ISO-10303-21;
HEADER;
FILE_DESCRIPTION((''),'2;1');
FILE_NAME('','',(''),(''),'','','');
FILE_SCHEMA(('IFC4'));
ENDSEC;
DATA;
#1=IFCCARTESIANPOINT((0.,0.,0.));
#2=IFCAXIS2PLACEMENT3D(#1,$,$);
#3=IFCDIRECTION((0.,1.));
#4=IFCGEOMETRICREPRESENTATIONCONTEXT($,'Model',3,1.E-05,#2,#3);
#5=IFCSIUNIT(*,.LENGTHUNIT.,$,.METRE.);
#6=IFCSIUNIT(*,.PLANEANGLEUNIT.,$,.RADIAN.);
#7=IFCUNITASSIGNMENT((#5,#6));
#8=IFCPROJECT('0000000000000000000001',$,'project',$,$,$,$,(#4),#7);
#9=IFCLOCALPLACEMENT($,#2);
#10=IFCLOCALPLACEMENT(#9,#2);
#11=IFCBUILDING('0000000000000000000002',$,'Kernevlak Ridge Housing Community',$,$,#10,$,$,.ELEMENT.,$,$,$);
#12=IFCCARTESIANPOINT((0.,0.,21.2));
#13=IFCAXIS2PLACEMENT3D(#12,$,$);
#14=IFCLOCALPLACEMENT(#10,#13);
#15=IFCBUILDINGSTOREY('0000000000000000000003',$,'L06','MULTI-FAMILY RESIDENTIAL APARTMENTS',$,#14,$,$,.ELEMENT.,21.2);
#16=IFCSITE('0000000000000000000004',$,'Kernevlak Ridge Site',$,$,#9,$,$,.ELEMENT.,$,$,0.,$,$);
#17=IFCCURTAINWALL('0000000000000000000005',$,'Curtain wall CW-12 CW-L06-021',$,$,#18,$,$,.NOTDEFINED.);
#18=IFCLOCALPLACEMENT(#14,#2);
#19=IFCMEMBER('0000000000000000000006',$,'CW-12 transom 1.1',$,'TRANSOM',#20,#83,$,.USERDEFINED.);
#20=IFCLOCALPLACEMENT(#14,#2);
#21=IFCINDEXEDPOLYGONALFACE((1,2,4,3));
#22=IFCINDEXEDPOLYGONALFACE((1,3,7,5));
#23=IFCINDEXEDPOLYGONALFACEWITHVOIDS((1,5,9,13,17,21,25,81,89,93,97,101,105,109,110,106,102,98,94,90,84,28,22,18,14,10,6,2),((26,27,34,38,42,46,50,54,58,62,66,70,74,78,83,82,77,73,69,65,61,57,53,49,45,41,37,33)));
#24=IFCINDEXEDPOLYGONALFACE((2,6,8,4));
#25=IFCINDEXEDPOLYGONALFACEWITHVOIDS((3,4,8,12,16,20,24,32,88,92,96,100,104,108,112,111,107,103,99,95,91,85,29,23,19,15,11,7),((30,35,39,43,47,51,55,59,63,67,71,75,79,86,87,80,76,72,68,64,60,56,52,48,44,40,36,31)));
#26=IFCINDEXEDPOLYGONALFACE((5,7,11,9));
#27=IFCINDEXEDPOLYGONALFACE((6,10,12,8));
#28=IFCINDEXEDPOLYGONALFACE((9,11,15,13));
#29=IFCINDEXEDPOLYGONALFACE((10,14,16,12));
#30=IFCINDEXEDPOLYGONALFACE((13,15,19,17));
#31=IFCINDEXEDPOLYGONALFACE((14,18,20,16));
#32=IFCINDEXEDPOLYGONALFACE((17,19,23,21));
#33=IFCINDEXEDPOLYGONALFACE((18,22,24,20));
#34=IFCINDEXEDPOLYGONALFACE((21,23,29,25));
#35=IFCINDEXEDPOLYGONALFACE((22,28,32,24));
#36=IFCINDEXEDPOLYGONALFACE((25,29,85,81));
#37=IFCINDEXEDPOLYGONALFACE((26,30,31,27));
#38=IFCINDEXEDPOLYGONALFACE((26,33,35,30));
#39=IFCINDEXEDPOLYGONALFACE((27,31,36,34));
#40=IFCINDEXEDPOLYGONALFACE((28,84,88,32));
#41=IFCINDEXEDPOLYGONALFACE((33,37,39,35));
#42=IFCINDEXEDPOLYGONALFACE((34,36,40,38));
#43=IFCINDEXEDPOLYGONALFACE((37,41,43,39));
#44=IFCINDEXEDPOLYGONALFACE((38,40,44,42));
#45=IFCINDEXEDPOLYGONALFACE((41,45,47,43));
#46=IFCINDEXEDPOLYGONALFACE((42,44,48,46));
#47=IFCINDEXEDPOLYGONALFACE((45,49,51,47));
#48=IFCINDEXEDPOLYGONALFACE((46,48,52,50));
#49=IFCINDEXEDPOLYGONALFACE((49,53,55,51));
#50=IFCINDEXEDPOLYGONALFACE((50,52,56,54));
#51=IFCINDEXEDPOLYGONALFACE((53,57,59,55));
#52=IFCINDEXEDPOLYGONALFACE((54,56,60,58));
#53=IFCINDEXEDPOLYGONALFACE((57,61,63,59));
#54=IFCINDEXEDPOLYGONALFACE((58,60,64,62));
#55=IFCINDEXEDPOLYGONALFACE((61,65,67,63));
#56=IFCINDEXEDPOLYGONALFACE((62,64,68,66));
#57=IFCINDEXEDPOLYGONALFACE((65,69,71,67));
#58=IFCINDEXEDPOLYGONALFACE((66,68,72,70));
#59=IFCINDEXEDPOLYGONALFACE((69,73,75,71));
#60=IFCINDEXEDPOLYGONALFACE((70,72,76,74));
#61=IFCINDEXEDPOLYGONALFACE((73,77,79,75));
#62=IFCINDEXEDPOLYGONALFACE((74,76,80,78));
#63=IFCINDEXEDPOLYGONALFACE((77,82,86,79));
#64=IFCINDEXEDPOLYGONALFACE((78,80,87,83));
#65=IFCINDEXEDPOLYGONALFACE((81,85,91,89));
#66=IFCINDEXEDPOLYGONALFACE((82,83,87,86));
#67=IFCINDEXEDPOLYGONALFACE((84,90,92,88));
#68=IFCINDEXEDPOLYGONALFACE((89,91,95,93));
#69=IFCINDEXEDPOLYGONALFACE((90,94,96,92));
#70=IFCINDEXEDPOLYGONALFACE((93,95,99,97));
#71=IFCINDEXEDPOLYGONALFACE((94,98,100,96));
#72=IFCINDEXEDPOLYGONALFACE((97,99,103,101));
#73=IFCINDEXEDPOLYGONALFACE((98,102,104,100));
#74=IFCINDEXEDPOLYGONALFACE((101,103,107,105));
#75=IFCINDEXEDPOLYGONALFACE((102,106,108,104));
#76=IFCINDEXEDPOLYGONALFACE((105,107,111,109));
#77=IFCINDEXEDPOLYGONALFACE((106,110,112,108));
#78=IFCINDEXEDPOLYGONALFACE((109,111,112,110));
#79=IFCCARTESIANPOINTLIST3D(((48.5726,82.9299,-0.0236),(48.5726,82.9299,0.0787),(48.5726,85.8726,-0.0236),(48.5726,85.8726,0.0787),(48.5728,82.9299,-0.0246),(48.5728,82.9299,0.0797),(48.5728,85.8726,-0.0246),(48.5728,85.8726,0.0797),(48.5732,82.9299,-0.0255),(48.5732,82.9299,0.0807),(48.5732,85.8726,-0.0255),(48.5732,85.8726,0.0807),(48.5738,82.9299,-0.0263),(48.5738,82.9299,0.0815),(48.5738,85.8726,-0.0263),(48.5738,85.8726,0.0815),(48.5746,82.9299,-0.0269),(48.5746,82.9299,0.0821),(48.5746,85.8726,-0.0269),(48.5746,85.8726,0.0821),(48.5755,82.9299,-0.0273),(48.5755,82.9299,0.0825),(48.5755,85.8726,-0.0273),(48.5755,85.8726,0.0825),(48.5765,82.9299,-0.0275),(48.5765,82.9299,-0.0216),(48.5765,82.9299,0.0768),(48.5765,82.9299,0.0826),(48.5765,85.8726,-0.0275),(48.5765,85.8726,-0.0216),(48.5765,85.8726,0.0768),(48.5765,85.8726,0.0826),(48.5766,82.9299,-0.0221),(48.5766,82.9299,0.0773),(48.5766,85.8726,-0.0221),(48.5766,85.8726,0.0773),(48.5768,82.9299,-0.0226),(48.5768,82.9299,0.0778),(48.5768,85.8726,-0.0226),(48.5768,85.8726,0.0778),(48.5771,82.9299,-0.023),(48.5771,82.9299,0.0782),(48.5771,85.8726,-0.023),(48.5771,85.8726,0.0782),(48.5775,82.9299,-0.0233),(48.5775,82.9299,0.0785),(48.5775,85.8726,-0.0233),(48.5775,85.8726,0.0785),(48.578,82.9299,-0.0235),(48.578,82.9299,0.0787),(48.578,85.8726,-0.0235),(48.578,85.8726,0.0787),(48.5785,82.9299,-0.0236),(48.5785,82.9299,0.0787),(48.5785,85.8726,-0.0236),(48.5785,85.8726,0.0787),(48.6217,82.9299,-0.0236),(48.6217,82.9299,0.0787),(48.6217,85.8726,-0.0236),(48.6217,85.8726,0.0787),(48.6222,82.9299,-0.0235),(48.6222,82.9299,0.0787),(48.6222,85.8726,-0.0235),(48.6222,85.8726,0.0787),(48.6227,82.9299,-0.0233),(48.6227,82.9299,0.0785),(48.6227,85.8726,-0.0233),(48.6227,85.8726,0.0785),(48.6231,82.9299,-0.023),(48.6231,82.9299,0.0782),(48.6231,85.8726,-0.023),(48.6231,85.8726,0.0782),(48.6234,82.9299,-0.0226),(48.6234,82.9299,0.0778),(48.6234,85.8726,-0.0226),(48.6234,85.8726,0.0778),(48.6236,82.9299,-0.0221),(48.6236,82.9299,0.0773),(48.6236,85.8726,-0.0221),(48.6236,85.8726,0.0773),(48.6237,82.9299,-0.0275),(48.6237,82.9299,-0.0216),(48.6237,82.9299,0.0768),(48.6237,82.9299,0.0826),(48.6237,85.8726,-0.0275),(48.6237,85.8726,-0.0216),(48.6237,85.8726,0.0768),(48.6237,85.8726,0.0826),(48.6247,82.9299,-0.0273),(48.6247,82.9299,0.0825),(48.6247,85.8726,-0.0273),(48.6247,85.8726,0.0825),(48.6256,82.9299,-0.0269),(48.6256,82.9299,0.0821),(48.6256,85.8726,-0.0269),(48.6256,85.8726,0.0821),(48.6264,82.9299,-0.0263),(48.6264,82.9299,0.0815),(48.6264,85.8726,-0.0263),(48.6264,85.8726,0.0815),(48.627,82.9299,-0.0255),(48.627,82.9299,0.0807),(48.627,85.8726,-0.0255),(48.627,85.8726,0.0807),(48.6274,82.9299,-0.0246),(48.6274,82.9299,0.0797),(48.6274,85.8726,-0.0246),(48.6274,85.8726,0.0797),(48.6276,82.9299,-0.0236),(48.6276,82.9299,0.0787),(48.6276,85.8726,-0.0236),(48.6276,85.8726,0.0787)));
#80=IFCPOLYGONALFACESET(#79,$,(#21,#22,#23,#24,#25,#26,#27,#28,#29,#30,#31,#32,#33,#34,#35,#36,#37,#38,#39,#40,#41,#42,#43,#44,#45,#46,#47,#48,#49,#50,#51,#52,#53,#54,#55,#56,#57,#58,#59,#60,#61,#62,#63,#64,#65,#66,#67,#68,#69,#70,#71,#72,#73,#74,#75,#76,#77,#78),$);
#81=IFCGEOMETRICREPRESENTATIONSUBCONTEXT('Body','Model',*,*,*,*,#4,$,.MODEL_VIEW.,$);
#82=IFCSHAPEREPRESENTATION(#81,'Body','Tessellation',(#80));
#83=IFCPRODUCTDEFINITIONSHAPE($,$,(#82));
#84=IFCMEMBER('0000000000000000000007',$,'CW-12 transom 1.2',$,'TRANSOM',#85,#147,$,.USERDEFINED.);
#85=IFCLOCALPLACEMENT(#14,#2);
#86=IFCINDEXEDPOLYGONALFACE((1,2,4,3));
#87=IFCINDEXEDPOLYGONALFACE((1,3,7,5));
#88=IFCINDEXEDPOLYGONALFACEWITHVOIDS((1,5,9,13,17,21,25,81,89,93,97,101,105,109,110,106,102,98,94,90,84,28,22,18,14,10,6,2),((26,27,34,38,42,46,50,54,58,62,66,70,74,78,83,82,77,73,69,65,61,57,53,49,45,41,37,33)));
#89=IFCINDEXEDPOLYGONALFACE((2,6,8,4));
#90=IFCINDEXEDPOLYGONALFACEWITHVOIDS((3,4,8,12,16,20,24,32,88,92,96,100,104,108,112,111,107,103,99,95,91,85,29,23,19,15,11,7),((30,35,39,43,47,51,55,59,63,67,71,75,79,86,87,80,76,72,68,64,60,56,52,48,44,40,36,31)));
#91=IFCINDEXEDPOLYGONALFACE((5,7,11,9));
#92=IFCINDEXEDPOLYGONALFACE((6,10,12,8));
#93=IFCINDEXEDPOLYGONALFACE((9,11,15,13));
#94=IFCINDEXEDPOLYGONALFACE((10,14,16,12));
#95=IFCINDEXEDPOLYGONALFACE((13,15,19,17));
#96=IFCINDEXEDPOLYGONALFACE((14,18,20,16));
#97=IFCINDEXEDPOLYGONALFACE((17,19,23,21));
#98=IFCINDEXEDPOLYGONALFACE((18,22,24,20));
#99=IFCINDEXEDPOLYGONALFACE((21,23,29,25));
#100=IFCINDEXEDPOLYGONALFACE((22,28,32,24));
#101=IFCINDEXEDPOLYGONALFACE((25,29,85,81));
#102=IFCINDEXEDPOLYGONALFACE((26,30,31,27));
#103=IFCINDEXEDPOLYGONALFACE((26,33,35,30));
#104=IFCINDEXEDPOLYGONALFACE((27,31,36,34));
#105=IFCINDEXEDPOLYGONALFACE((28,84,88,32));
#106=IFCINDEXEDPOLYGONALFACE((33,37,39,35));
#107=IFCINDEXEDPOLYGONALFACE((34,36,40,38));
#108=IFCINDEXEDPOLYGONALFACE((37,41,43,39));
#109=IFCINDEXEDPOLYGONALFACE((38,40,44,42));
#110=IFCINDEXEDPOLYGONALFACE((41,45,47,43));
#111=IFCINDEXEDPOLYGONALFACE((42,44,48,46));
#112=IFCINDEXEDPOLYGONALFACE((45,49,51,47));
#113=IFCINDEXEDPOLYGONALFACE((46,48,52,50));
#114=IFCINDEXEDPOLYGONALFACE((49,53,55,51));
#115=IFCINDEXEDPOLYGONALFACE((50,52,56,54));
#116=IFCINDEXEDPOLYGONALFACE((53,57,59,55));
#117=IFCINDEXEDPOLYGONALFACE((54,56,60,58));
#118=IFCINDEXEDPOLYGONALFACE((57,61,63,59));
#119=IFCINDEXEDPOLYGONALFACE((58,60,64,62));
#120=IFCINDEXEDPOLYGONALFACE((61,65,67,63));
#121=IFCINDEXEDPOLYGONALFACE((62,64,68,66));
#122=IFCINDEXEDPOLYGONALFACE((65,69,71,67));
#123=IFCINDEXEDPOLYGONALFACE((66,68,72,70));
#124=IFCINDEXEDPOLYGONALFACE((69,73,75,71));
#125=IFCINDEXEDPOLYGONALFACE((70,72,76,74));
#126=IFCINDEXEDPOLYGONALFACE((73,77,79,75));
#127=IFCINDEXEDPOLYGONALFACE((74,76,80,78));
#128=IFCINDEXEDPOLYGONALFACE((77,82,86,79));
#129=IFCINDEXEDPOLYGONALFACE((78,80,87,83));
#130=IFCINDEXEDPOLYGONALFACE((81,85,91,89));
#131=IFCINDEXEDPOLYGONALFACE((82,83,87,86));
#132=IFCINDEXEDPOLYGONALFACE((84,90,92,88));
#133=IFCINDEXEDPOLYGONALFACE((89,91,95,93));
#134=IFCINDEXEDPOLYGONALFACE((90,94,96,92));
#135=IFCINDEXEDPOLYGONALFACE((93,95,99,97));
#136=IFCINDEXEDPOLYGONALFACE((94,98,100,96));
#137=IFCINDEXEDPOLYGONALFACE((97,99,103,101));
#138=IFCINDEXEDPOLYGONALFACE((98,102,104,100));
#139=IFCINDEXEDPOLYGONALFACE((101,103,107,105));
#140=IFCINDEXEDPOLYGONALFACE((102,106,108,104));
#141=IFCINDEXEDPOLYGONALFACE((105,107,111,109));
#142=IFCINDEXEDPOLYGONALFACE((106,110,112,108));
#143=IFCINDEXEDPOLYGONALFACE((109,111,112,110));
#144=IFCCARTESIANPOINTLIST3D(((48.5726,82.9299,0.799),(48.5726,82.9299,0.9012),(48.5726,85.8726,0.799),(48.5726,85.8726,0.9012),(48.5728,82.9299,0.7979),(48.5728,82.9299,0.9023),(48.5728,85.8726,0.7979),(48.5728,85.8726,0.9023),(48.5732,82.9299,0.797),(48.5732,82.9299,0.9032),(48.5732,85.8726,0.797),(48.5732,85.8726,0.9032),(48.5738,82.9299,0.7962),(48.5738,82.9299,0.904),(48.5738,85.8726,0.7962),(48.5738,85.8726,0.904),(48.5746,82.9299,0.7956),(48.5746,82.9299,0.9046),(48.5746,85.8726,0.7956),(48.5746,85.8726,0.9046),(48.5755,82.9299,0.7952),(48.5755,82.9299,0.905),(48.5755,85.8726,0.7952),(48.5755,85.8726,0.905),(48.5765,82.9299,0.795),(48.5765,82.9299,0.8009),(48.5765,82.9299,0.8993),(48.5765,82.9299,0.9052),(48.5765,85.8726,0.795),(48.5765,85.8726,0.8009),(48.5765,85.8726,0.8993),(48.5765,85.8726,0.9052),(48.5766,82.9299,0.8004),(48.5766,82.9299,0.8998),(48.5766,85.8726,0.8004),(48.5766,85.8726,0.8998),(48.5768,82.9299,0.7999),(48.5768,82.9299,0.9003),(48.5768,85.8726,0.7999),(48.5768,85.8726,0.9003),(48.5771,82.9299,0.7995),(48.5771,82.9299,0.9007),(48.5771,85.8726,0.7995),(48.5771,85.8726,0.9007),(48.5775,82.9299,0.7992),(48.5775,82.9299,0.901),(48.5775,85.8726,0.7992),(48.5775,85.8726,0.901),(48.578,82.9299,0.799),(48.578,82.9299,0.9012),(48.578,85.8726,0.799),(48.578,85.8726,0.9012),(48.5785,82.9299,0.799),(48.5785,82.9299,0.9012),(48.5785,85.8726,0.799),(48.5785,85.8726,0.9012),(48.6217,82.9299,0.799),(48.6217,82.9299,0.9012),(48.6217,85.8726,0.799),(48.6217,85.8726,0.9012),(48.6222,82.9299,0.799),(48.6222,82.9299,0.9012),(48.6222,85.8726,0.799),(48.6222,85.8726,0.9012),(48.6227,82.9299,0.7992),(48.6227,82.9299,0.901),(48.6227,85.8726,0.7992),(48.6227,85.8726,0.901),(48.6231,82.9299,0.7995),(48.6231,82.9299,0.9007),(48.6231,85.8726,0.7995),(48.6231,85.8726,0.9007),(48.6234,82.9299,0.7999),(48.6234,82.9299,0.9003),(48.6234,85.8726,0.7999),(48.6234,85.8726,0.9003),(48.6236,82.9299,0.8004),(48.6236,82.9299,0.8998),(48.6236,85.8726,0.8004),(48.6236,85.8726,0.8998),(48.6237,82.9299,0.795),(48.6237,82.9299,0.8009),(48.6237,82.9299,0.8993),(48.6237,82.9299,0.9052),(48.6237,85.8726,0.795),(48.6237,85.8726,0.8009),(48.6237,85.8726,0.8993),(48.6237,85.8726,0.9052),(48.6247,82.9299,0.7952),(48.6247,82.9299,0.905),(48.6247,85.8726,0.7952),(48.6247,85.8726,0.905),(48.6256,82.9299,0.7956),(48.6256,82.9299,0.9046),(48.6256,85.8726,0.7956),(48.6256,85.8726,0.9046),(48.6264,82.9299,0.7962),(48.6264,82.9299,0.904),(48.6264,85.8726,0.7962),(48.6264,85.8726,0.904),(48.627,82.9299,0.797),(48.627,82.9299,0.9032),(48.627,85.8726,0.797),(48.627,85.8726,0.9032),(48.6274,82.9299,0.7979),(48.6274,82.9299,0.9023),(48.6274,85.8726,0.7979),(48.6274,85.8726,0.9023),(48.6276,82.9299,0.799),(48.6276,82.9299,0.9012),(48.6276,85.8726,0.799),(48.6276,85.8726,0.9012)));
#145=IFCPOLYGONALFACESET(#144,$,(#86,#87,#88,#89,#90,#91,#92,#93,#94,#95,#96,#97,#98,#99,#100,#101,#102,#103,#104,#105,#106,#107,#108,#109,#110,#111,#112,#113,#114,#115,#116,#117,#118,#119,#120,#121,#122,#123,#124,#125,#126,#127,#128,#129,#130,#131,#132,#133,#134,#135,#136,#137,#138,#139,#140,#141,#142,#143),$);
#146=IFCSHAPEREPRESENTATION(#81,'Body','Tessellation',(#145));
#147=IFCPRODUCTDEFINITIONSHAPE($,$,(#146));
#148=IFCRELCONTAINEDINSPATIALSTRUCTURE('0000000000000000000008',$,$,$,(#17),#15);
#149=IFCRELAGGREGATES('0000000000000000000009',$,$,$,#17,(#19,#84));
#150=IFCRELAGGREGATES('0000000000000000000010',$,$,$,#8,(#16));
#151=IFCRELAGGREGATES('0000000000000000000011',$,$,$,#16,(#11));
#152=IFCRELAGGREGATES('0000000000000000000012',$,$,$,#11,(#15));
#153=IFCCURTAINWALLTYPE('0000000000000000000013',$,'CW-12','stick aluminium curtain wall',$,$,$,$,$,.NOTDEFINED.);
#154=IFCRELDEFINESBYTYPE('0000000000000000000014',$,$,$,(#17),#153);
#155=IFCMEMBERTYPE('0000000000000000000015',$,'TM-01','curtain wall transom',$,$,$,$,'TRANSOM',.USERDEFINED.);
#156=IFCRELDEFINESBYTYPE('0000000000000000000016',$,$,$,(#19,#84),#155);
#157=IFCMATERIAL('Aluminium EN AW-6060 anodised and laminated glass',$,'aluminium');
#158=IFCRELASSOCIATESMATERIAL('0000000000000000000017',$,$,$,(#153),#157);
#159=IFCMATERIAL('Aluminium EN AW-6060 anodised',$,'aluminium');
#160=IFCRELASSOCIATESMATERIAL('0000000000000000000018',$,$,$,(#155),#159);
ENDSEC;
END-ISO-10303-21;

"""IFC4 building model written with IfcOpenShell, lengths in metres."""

from ifc_helpers import new_model, si_unit, direction, frame, origin, origin_2d, place, context, subcontext, project, spatial, hollow_rectangle, extrude, material, material_profile, profile_set, type_object, element, aggregate, save


model = new_model("IFC4")

# Units and contexts
model_context = context("Model", 3, precision=1e-05, world=origin(), true_north=direction((0.0, 1.0)))
body_context = subcontext(model_context, "Body", "Model", "MODEL_VIEW")
ifc_project = project(units=[si_unit("LENGTHUNIT", "METRE"), si_unit("PLANEANGLEUNIT", "RADIAN")], contexts=[model_context])

# Site, building, storey
site_placement = place(None, origin())
site = spatial("IfcSite", under=ifc_project, at=site_placement, Name="Kernevlak Ridge Site", CompositionType="ELEMENT", RefElevation=0.0)
building_placement = place(site_placement, origin())
building = spatial("IfcBuilding", under=site, at=building_placement, Name="Kernevlak Ridge Housing Community", CompositionType="ELEMENT")
storey_placement = place(building_placement, frame((0.0, 0.0, 21.2)))
storey = spatial("IfcBuildingStorey", under=building, at=storey_placement, Name="L06", Description="MULTI-FAMILY RESIDENTIAL APARTMENTS", CompositionType="ELEMENT", Elevation=21.2)

# Curtain wall
ifc_material_1 = material(Name="Aluminium EN AW-6060 anodised and laminated glass", Category="aluminium")
curtain_wall_type = type_object("IfcCurtainWallType", Name="CW-12", Description="stick aluminium curtain wall", PredefinedType="NOTDEFINED", material=ifc_material_1)
curtain_wall_placement = place(storey_placement, origin())
curtain_wall = element("IfcCurtainWall", 1, at=curtain_wall_placement, inside=storey, type_object=curtain_wall_type, Name="Curtain wall CW-12 CW-L06-021", PredefinedType="NOTDEFINED")
ifc_material_2 = material(Name="Aluminium EN AW-6060 anodised", Category="aluminium")

# Members
ifc_material_profile_1 = material_profile(ifc_material_2, hollow_rectangle(XDim=0.0549, YDim=0.1101, WallThickness=0.0039, InnerFilletRadius=0.002, OuterFilletRadius=0.0039, at=origin_2d()), Name="ALU 55x110x4")
ifc_profile_set_1 = profile_set([ifc_material_profile_1], Name="Aluminium EN AW-6060 anodised")
member_type_1 = type_object("IfcMemberType", Name="TM-01", Description="curtain wall transom", ElementType="TRANSOM", PredefinedType="USERDEFINED", material=ifc_profile_set_1)
member_1_placement = place(storey_placement, frame((48.6001, 82.9299, 0.0276), z_axis=(0.0, 1.0, 0.0), x_axis=(-1.0, 0.0, 0.0)))
member_1 = element("IfcMember", 2, at=member_1_placement, type_object=member_type_1, Name="CW-12 transom 1.1", ObjectType="TRANSOM", PredefinedType="USERDEFINED", context=body_context, shape_type="SweptSolid", body=[
    extrude(hollow_rectangle(XDim=0.0549, YDim=0.1101, WallThickness=0.0039, InnerFilletRadius=0.002, OuterFilletRadius=0.0039, at=origin_2d()), origin(), (0.0, 0.0, 1.0), 2.9426),
])
member_2_placement = place(storey_placement, frame((48.6001, 82.9299, 0.8501), z_axis=(0.0, 1.0, 0.0), x_axis=(-1.0, 0.0, 0.0)))
member_2 = element("IfcMember", 3, at=member_2_placement, type_object=member_type_1, Name="CW-12 transom 1.2", ObjectType="TRANSOM", PredefinedType="USERDEFINED", context=body_context, shape_type="SweptSolid", body=[
    extrude(hollow_rectangle(XDim=0.0549, YDim=0.1101, WallThickness=0.0039, InnerFilletRadius=0.002, OuterFilletRadius=0.0039, at=origin_2d()), origin(), (0.0, 0.0, 1.0), 2.9426),
])
aggregate(curtain_wall, [member_1, member_2])

save(model, "model.ifc")
